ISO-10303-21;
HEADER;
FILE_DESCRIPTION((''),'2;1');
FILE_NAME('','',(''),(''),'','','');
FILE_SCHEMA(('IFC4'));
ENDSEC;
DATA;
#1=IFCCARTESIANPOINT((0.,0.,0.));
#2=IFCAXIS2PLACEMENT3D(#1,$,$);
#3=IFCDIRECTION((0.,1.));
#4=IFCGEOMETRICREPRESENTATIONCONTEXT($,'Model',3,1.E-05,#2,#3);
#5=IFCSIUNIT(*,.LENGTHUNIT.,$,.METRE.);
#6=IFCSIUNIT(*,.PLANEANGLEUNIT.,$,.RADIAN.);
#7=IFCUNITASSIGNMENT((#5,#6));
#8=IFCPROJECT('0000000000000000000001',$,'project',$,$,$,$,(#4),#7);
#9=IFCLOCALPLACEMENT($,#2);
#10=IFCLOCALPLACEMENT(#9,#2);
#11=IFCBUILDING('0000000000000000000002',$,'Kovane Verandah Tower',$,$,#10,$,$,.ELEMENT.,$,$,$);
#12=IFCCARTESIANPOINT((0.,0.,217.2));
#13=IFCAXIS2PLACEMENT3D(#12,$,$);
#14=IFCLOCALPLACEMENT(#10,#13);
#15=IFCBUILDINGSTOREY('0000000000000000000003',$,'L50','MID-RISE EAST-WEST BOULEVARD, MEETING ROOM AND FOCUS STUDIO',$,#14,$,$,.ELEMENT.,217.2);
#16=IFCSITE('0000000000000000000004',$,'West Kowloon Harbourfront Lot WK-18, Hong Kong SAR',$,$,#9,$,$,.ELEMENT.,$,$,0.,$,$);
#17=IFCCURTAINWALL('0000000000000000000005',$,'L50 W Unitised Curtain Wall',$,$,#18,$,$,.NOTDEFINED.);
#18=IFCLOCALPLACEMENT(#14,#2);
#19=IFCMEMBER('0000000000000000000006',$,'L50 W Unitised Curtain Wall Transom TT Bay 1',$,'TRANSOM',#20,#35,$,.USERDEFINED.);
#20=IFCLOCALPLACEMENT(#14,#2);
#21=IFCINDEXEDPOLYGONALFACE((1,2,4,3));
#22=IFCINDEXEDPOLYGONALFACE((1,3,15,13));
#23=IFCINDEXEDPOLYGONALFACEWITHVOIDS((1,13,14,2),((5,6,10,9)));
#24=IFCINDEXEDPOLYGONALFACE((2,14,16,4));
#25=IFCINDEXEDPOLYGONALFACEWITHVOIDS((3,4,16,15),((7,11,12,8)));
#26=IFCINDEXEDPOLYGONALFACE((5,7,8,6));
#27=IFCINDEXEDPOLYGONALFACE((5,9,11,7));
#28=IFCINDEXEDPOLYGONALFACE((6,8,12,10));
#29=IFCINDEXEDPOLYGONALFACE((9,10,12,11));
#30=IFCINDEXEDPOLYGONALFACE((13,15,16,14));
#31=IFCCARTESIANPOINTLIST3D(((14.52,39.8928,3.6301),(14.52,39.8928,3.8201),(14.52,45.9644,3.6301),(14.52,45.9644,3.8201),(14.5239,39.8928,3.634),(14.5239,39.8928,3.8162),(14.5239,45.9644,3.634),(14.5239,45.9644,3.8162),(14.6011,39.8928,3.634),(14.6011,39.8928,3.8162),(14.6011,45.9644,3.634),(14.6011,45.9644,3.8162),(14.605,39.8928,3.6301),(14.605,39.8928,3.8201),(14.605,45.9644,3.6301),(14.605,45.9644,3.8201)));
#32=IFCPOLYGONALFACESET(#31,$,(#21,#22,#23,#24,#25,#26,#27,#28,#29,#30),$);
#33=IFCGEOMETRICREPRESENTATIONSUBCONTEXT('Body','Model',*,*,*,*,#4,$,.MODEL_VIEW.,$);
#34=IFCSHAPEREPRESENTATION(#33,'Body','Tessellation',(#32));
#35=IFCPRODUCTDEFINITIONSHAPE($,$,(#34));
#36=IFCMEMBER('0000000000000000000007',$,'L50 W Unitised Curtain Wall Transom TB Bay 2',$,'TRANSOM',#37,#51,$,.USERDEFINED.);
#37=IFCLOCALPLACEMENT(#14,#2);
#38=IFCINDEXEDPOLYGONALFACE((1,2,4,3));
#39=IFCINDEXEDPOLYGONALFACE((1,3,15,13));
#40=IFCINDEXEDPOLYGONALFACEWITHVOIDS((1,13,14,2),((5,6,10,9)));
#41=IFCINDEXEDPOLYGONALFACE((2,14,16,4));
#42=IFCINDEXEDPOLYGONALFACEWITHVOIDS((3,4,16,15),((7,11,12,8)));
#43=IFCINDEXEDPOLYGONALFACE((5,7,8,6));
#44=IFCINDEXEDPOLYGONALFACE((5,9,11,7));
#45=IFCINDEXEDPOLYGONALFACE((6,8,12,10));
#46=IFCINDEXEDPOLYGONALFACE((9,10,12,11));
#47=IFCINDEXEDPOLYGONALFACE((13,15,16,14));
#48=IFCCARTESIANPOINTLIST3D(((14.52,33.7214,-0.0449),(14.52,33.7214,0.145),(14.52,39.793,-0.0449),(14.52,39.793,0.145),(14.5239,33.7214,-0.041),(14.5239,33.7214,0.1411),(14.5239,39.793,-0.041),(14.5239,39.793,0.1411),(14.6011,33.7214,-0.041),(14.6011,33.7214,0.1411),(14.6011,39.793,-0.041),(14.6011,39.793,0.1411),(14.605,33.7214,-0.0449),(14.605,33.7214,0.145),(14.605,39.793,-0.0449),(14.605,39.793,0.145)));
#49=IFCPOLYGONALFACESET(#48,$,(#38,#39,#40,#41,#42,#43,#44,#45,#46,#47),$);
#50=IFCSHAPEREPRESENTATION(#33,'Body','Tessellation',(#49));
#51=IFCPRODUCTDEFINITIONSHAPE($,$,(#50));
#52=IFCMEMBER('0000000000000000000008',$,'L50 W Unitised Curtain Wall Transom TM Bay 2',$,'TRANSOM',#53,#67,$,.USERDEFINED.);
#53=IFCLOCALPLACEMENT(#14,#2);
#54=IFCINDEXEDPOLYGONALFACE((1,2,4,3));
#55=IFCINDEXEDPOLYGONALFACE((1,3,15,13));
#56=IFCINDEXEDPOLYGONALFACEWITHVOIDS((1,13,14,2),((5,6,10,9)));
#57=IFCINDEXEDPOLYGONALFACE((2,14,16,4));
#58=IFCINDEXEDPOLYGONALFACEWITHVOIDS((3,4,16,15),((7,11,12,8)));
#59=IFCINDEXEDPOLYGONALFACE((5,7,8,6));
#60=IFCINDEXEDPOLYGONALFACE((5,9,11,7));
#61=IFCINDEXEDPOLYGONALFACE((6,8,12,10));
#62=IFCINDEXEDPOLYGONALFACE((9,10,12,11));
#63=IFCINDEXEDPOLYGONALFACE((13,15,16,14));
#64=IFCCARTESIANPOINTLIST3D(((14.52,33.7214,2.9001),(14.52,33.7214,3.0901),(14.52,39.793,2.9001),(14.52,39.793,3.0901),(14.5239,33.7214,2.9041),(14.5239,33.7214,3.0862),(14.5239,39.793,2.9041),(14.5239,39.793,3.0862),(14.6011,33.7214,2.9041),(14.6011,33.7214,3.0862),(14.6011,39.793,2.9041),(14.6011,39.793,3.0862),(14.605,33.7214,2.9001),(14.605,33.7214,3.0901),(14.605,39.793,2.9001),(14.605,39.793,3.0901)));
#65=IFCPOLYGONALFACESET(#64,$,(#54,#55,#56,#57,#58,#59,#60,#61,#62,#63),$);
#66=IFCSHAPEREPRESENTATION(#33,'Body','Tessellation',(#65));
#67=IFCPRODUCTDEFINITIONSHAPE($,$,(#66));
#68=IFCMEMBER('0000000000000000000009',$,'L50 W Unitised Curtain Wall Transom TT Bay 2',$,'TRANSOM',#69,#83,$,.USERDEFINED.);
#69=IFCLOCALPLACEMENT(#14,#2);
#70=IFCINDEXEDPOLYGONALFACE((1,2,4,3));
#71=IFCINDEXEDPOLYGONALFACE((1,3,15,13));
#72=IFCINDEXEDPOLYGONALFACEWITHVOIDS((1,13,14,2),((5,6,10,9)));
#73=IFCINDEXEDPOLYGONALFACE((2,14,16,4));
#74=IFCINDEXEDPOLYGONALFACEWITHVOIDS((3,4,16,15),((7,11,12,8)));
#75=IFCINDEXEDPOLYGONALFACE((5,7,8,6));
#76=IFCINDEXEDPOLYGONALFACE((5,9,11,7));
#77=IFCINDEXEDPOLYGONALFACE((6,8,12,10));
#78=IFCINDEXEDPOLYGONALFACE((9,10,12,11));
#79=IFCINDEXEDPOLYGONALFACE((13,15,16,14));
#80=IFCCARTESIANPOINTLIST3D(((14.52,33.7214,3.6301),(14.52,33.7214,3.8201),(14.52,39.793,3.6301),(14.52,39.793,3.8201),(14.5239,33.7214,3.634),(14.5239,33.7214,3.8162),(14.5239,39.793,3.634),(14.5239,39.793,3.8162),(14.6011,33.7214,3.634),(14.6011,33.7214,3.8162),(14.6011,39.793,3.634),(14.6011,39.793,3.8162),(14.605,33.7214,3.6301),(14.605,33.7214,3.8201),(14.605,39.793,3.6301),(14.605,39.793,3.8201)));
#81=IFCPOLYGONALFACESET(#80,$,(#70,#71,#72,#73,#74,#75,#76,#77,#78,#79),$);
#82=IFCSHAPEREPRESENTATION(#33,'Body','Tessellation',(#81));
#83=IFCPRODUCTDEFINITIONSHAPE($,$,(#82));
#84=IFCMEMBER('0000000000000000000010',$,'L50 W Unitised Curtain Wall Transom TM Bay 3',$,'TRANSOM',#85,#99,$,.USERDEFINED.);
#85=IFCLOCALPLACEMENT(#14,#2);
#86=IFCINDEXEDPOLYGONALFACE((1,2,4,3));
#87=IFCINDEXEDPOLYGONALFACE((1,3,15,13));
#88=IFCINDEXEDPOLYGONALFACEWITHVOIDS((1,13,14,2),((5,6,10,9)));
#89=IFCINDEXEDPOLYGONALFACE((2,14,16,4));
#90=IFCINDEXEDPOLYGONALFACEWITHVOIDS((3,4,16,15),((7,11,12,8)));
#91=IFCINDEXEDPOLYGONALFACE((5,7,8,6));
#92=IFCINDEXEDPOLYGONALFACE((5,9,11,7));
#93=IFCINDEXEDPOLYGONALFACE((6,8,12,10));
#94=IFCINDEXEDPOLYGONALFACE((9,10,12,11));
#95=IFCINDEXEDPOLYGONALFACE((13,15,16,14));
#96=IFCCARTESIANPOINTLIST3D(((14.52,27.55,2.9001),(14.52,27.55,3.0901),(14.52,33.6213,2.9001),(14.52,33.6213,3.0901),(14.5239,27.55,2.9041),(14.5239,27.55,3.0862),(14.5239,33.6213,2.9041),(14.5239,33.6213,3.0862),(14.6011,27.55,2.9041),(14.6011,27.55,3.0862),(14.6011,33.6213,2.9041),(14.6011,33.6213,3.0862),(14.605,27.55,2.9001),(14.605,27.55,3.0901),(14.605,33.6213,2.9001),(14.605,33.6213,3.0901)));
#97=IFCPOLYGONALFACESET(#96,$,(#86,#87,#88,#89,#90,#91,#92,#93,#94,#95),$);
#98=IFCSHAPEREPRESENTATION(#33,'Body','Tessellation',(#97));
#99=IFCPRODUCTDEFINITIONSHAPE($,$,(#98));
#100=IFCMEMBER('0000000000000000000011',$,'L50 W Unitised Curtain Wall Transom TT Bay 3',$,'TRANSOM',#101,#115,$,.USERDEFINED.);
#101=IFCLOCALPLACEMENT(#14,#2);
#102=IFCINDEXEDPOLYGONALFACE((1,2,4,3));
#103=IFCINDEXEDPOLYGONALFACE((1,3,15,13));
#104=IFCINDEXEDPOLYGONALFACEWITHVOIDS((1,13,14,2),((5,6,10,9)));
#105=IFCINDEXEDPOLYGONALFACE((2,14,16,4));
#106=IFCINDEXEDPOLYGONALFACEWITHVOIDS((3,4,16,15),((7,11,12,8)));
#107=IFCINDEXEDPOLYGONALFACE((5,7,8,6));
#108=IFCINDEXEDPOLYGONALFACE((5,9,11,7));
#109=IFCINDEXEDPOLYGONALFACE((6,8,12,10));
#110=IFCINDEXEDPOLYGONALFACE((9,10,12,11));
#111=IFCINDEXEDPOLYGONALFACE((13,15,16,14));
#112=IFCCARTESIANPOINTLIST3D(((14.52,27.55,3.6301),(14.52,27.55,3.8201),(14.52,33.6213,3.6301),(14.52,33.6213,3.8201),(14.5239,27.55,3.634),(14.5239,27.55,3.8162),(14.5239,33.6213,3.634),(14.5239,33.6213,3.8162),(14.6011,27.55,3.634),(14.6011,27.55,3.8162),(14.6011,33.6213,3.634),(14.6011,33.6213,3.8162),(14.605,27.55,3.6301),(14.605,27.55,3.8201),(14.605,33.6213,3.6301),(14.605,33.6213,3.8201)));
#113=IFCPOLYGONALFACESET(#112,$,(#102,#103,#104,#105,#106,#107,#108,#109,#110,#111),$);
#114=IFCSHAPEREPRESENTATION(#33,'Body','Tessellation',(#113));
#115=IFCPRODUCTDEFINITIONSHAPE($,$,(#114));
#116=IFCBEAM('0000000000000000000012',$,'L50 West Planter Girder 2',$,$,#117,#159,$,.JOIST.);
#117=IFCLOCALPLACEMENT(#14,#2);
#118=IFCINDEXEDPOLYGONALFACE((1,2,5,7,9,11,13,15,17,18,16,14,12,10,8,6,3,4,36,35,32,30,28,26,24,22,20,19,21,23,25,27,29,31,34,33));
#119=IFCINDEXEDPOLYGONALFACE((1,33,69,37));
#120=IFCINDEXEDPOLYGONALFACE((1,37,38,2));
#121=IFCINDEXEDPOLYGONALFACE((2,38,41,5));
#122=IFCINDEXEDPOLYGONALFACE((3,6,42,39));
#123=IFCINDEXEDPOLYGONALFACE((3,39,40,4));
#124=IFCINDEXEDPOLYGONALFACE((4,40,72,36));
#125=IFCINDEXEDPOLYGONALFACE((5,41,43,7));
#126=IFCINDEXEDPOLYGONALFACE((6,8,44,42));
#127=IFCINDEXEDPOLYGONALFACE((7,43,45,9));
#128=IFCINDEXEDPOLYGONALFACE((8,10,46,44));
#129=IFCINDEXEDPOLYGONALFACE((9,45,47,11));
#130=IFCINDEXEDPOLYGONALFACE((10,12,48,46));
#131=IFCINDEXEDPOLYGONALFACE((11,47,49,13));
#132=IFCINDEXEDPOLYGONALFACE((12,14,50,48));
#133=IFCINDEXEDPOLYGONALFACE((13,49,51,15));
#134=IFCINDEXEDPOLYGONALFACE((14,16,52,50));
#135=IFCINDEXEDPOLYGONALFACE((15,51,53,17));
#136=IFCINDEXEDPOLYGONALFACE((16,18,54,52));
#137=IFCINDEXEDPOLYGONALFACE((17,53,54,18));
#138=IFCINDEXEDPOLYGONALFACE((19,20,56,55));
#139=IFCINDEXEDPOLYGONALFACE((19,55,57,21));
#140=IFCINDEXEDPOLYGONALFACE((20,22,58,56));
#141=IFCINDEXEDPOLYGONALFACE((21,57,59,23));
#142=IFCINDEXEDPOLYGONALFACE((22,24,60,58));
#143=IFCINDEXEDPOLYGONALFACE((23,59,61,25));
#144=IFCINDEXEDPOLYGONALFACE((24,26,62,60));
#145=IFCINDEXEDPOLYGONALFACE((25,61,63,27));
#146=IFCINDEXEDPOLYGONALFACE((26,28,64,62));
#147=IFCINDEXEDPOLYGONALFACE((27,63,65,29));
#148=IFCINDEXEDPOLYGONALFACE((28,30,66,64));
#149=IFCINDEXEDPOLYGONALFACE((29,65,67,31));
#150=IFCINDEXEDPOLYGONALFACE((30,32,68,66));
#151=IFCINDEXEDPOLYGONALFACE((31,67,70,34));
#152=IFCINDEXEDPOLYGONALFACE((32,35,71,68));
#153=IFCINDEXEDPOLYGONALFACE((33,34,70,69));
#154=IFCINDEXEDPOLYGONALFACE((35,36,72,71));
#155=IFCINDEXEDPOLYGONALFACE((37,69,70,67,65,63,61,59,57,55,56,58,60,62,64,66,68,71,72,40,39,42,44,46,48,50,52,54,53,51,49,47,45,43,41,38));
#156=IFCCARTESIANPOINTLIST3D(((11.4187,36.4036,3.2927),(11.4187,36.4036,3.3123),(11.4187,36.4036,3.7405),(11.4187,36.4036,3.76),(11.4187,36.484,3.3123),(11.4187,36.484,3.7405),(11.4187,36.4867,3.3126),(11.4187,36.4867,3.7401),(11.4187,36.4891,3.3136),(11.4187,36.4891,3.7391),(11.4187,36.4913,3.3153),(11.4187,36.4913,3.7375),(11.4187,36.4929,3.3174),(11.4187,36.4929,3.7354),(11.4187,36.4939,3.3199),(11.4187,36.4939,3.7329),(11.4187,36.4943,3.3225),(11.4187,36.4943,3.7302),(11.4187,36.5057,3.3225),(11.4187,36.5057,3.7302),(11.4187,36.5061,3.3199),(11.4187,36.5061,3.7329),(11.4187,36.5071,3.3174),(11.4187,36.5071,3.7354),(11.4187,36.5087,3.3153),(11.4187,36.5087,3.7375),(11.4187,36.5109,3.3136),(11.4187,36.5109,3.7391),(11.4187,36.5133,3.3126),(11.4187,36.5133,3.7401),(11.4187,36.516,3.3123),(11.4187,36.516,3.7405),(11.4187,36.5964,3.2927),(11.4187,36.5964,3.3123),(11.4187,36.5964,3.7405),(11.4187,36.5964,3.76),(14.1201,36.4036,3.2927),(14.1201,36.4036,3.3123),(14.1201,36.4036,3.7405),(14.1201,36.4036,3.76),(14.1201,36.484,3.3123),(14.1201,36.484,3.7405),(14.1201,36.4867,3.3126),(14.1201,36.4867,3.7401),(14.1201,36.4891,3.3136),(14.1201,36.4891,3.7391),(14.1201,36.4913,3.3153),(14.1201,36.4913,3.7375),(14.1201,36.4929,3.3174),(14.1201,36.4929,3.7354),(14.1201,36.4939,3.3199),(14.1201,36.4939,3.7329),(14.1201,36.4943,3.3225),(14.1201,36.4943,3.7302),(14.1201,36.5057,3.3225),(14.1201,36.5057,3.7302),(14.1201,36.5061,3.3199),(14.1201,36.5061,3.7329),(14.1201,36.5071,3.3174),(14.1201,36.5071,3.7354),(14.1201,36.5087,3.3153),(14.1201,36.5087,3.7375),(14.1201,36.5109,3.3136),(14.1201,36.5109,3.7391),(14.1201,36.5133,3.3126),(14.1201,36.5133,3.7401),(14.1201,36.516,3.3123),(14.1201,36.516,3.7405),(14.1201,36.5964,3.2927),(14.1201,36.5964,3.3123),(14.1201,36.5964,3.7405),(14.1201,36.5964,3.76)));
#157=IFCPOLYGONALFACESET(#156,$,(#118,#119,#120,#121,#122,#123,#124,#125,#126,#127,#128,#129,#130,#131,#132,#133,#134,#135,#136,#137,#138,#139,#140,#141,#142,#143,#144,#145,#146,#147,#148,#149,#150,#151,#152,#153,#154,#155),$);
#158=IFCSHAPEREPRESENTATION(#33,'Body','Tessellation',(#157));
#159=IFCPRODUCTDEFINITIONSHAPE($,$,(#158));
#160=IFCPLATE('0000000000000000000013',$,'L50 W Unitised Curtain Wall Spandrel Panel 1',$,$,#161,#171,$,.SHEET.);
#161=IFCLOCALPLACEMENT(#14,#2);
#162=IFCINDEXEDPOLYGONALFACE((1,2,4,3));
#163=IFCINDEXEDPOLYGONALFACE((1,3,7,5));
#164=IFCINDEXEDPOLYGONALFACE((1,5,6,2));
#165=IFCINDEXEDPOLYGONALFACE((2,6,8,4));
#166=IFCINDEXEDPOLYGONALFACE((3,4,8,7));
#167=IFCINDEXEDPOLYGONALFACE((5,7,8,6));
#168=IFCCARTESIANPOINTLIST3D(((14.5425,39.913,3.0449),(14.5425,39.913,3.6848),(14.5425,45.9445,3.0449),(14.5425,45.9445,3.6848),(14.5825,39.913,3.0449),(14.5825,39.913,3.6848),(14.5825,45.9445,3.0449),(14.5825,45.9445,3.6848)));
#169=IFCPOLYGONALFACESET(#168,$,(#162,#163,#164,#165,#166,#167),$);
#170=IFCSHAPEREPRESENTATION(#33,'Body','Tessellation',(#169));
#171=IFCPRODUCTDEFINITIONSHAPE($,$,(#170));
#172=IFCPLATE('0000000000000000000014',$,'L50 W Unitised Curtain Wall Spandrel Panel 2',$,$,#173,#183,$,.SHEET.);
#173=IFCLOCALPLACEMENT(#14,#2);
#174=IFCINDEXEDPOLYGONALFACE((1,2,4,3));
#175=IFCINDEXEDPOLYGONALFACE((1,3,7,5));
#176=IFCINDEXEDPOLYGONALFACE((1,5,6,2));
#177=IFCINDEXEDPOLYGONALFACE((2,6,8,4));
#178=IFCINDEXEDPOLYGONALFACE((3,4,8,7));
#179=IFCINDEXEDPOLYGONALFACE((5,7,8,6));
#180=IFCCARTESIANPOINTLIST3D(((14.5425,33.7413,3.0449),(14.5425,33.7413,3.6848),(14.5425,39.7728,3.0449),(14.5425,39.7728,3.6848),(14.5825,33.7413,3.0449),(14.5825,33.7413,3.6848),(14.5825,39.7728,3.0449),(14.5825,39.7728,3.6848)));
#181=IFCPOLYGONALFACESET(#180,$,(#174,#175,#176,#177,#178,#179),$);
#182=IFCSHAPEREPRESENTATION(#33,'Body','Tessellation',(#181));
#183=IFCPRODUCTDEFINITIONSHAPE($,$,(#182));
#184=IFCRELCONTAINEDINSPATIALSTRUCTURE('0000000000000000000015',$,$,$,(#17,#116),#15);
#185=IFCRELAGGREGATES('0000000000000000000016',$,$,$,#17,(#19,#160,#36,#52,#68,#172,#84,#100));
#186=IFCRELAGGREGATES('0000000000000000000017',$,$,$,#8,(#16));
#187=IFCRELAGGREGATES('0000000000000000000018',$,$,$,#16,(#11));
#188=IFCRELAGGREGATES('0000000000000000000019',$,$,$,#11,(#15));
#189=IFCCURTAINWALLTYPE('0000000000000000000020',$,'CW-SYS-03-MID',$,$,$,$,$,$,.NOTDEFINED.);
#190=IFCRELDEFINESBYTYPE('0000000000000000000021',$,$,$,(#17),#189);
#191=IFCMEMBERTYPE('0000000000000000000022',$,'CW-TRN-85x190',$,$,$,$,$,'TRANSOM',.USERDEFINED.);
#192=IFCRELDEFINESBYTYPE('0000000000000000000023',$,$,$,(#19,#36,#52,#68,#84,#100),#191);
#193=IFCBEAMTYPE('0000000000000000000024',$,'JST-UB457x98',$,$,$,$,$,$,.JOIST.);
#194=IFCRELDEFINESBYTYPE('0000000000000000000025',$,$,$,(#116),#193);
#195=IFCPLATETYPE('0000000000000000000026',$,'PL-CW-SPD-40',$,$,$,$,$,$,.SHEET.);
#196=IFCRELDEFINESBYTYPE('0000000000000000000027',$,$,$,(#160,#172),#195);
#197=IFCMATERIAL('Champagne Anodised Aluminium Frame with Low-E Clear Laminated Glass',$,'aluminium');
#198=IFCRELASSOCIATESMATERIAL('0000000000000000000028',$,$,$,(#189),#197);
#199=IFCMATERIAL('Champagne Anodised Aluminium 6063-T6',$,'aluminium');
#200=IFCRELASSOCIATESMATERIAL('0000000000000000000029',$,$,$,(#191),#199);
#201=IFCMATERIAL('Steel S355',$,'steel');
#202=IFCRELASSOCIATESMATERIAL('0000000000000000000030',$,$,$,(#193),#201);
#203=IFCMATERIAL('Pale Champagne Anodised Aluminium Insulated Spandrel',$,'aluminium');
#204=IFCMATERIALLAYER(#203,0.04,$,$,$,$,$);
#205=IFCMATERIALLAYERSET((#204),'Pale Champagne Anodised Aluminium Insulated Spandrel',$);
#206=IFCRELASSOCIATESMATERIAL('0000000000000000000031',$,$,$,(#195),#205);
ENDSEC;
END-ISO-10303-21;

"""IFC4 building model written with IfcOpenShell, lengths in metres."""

from ifc_helpers import new_model, si_unit, direction, frame, origin, origin_2d, place, context, subcontext, project, spatial, rectangle, hollow_rectangle, i_section, extrude, material, layer, layer_set, material_profile, profile_set, type_object, element, aggregate, save


model = new_model("IFC4")

# Units and contexts
model_context = context("Model", 3, precision=1e-05, world=origin(), true_north=direction((0.0, 1.0)))
body_context = subcontext(model_context, "Body", "Model", "MODEL_VIEW")
ifc_project = project(units=[si_unit("LENGTHUNIT", "METRE"), si_unit("PLANEANGLEUNIT", "RADIAN")], contexts=[model_context])

# Site, building, storey
site_placement = place(None, origin())
site = spatial("IfcSite", under=ifc_project, at=site_placement, Name="West Kowloon Harbourfront Lot WK-18, Hong Kong SAR", CompositionType="ELEMENT", RefElevation=0.0)
building_placement = place(site_placement, origin())
building = spatial("IfcBuilding", under=site, at=building_placement, Name="Kovane Verandah Tower", CompositionType="ELEMENT")
storey_placement = place(building_placement, frame((0.0, 0.0, 217.2)))
storey = spatial("IfcBuildingStorey", under=building, at=storey_placement, Name="L50", Description="MID-RISE EAST-WEST BOULEVARD, MEETING ROOM AND FOCUS STUDIO", CompositionType="ELEMENT", Elevation=217.2)

# Shared definitions
ifc_material_1 = material(Name="Steel S355", Category="steel")

# Curtain wall, members
ifc_material_2 = material(Name="Champagne Anodised Aluminium Frame with Low-E Clear Laminated Glass", Category="aluminium")
curtain_wall_type = type_object("IfcCurtainWallType", Name="CW-SYS-03-MID", PredefinedType="NOTDEFINED", material=ifc_material_2)
curtain_wall_placement = place(storey_placement, origin())
curtain_wall = element("IfcCurtainWall", 1, at=curtain_wall_placement, inside=storey, type_object=curtain_wall_type, Name="L50 W Unitised Curtain Wall", PredefinedType="NOTDEFINED")
ifc_material_3 = material(Name="Champagne Anodised Aluminium 6063-T6", Category="aluminium")
ifc_material_profile_1 = material_profile(ifc_material_3, hollow_rectangle(XDim=0.085, YDim=0.1899, WallThickness=0.0039, at=origin_2d()), Name="AL85x190x4")
ifc_profile_set_1 = profile_set([ifc_material_profile_1], Name="Champagne Anodised Aluminium 6063-T6")
member_type_1 = type_object("IfcMemberType", Name="CW-TRN-85x190", ElementType="TRANSOM", PredefinedType="USERDEFINED", material=ifc_profile_set_1)
member_1_placement = place(storey_placement, frame((14.5625, 45.9644, 3.7251), z_axis=(0.0, -1.0, 0.0), x_axis=(1.0, 0.0, 0.0)))
member_1 = element("IfcMember", 2, at=member_1_placement, type_object=member_type_1, Name="L50 W Unitised Curtain Wall Transom TT Bay 1", ObjectType="TRANSOM", PredefinedType="USERDEFINED", context=body_context, shape_type="SweptSolid", body=[
    extrude(hollow_rectangle(XDim=0.085, YDim=0.1899, WallThickness=0.0039, at=origin_2d()), origin(), (0.0, 0.0, 1.0), 6.0715),
])
member_2_placement = place(storey_placement, frame((14.5625, 39.793, 0.05), z_axis=(0.0, -1.0, 0.0), x_axis=(1.0, 0.0, 0.0)))
member_2 = element("IfcMember", 3, at=member_2_placement, type_object=member_type_1, Name="L50 W Unitised Curtain Wall Transom TB Bay 2", ObjectType="TRANSOM", PredefinedType="USERDEFINED", context=body_context, shape_type="SweptSolid", body=[
    extrude(hollow_rectangle(XDim=0.085, YDim=0.1899, WallThickness=0.0039, at=origin_2d()), origin(), (0.0, 0.0, 1.0), 6.0715),
])
member_3_placement = place(storey_placement, frame((14.5625, 39.793, 2.9951), z_axis=(0.0, -1.0, 0.0), x_axis=(1.0, 0.0, 0.0)))
member_3 = element("IfcMember", 4, at=member_3_placement, type_object=member_type_1, Name="L50 W Unitised Curtain Wall Transom TM Bay 2", ObjectType="TRANSOM", PredefinedType="USERDEFINED", context=body_context, shape_type="SweptSolid", body=[
    extrude(hollow_rectangle(XDim=0.085, YDim=0.1899, WallThickness=0.0039, at=origin_2d()), origin(), (0.0, 0.0, 1.0), 6.0715),
])
member_4_placement = place(storey_placement, frame((14.5625, 39.793, 3.7251), z_axis=(0.0, -1.0, 0.0), x_axis=(1.0, 0.0, 0.0)))
member_4 = element("IfcMember", 5, at=member_4_placement, type_object=member_type_1, Name="L50 W Unitised Curtain Wall Transom TT Bay 2", ObjectType="TRANSOM", PredefinedType="USERDEFINED", context=body_context, shape_type="SweptSolid", body=[
    extrude(hollow_rectangle(XDim=0.085, YDim=0.1899, WallThickness=0.0039, at=origin_2d()), origin(), (0.0, 0.0, 1.0), 6.0715),
])
member_5_placement = place(storey_placement, frame((14.5625, 33.6213, 2.9951), z_axis=(0.0, -1.0, 0.0), x_axis=(1.0, 0.0, 0.0)))
member_5 = element("IfcMember", 6, at=member_5_placement, type_object=member_type_1, Name="L50 W Unitised Curtain Wall Transom TM Bay 3", ObjectType="TRANSOM", PredefinedType="USERDEFINED", context=body_context, shape_type="SweptSolid", body=[
    extrude(hollow_rectangle(XDim=0.085, YDim=0.1899, WallThickness=0.0039, at=origin_2d()), origin(), (0.0, 0.0, 1.0), 6.0713),
])
member_6_placement = place(storey_placement, frame((14.5625, 33.6213, 3.7251), z_axis=(0.0, -1.0, 0.0), x_axis=(1.0, 0.0, 0.0)))
member_6 = element("IfcMember", 7, at=member_6_placement, type_object=member_type_1, Name="L50 W Unitised Curtain Wall Transom TT Bay 3", ObjectType="TRANSOM", PredefinedType="USERDEFINED", context=body_context, shape_type="SweptSolid", body=[
    extrude(hollow_rectangle(XDim=0.085, YDim=0.1899, WallThickness=0.0039, at=origin_2d()), origin(), (0.0, 0.0, 1.0), 6.0713),
])

# Beam
ifc_material_profile_2 = material_profile(ifc_material_1, i_section(OverallWidth=0.1929, OverallDepth=0.4673, WebThickness=0.0115, FlangeThickness=0.0195, FilletRadius=0.0103, at=origin_2d()), Name="UB457x191x98")
ifc_profile_set_2 = profile_set([ifc_material_profile_2], Name="Steel S355")
beam_type_1 = type_object("IfcBeamType", Name="JST-UB457x98", PredefinedType="JOIST", material=ifc_profile_set_2)
beam_1_placement = place(storey_placement, frame((14.1201, 36.5, 3.5264), z_axis=(-1.0, 0.0, 0.0), x_axis=(0.0, -1.0, 0.0)))
element("IfcBeam", 8, at=beam_1_placement, inside=storey, type_object=beam_type_1, Name="L50 West Planter Girder 2", PredefinedType="JOIST", context=body_context, shape_type="SweptSolid", body=[
    extrude(i_section(OverallWidth=0.1929, OverallDepth=0.4673, WebThickness=0.0115, FlangeThickness=0.0195, FilletRadius=0.0103, at=origin_2d()), origin(), (0.0, 0.0, 1.0), 2.7014),
])

# Plates
ifc_material_4 = material(Name="Pale Champagne Anodised Aluminium Insulated Spandrel", Category="aluminium")
ifc_layer_1 = layer(ifc_material_4, 0.04)
ifc_layer_set_1 = layer_set([ifc_layer_1], Name="Pale Champagne Anodised Aluminium Insulated Spandrel")
plate_type_1 = type_object("IfcPlateType", Name="PL-CW-SPD-40", PredefinedType="SHEET", material=ifc_layer_set_1)
plate_1_placement = place(storey_placement, frame((14.5625, 42.9287, 3.0449), z_axis=(0.0, 0.0, 1.0), x_axis=(0.0, -1.0, 0.0)))
plate_1 = element("IfcPlate", 9, at=plate_1_placement, type_object=plate_type_1, Name="L50 W Unitised Curtain Wall Spandrel Panel 1", PredefinedType="SHEET", context=body_context, shape_type="SweptSolid", body=[
    extrude(rectangle(XDim=6.0315, YDim=0.04, at=origin_2d()), origin(), (0.0, 0.0, 1.0), 0.6399),
])
plate_2_placement = place(storey_placement, frame((14.5625, 36.7571, 3.0449), z_axis=(0.0, 0.0, 1.0), x_axis=(0.0, -1.0, 0.0)))
plate_2 = element("IfcPlate", 10, at=plate_2_placement, type_object=plate_type_1, Name="L50 W Unitised Curtain Wall Spandrel Panel 2", PredefinedType="SHEET", context=body_context, shape_type="SweptSolid", body=[
    extrude(rectangle(XDim=6.0315, YDim=0.04, at=origin_2d()), origin(), (0.0, 0.0, 1.0), 0.6399),
])
aggregate(curtain_wall, [member_1, plate_1, member_2, member_3, member_4, plate_2, member_5, member_6])

save(model, "model.ifc")
